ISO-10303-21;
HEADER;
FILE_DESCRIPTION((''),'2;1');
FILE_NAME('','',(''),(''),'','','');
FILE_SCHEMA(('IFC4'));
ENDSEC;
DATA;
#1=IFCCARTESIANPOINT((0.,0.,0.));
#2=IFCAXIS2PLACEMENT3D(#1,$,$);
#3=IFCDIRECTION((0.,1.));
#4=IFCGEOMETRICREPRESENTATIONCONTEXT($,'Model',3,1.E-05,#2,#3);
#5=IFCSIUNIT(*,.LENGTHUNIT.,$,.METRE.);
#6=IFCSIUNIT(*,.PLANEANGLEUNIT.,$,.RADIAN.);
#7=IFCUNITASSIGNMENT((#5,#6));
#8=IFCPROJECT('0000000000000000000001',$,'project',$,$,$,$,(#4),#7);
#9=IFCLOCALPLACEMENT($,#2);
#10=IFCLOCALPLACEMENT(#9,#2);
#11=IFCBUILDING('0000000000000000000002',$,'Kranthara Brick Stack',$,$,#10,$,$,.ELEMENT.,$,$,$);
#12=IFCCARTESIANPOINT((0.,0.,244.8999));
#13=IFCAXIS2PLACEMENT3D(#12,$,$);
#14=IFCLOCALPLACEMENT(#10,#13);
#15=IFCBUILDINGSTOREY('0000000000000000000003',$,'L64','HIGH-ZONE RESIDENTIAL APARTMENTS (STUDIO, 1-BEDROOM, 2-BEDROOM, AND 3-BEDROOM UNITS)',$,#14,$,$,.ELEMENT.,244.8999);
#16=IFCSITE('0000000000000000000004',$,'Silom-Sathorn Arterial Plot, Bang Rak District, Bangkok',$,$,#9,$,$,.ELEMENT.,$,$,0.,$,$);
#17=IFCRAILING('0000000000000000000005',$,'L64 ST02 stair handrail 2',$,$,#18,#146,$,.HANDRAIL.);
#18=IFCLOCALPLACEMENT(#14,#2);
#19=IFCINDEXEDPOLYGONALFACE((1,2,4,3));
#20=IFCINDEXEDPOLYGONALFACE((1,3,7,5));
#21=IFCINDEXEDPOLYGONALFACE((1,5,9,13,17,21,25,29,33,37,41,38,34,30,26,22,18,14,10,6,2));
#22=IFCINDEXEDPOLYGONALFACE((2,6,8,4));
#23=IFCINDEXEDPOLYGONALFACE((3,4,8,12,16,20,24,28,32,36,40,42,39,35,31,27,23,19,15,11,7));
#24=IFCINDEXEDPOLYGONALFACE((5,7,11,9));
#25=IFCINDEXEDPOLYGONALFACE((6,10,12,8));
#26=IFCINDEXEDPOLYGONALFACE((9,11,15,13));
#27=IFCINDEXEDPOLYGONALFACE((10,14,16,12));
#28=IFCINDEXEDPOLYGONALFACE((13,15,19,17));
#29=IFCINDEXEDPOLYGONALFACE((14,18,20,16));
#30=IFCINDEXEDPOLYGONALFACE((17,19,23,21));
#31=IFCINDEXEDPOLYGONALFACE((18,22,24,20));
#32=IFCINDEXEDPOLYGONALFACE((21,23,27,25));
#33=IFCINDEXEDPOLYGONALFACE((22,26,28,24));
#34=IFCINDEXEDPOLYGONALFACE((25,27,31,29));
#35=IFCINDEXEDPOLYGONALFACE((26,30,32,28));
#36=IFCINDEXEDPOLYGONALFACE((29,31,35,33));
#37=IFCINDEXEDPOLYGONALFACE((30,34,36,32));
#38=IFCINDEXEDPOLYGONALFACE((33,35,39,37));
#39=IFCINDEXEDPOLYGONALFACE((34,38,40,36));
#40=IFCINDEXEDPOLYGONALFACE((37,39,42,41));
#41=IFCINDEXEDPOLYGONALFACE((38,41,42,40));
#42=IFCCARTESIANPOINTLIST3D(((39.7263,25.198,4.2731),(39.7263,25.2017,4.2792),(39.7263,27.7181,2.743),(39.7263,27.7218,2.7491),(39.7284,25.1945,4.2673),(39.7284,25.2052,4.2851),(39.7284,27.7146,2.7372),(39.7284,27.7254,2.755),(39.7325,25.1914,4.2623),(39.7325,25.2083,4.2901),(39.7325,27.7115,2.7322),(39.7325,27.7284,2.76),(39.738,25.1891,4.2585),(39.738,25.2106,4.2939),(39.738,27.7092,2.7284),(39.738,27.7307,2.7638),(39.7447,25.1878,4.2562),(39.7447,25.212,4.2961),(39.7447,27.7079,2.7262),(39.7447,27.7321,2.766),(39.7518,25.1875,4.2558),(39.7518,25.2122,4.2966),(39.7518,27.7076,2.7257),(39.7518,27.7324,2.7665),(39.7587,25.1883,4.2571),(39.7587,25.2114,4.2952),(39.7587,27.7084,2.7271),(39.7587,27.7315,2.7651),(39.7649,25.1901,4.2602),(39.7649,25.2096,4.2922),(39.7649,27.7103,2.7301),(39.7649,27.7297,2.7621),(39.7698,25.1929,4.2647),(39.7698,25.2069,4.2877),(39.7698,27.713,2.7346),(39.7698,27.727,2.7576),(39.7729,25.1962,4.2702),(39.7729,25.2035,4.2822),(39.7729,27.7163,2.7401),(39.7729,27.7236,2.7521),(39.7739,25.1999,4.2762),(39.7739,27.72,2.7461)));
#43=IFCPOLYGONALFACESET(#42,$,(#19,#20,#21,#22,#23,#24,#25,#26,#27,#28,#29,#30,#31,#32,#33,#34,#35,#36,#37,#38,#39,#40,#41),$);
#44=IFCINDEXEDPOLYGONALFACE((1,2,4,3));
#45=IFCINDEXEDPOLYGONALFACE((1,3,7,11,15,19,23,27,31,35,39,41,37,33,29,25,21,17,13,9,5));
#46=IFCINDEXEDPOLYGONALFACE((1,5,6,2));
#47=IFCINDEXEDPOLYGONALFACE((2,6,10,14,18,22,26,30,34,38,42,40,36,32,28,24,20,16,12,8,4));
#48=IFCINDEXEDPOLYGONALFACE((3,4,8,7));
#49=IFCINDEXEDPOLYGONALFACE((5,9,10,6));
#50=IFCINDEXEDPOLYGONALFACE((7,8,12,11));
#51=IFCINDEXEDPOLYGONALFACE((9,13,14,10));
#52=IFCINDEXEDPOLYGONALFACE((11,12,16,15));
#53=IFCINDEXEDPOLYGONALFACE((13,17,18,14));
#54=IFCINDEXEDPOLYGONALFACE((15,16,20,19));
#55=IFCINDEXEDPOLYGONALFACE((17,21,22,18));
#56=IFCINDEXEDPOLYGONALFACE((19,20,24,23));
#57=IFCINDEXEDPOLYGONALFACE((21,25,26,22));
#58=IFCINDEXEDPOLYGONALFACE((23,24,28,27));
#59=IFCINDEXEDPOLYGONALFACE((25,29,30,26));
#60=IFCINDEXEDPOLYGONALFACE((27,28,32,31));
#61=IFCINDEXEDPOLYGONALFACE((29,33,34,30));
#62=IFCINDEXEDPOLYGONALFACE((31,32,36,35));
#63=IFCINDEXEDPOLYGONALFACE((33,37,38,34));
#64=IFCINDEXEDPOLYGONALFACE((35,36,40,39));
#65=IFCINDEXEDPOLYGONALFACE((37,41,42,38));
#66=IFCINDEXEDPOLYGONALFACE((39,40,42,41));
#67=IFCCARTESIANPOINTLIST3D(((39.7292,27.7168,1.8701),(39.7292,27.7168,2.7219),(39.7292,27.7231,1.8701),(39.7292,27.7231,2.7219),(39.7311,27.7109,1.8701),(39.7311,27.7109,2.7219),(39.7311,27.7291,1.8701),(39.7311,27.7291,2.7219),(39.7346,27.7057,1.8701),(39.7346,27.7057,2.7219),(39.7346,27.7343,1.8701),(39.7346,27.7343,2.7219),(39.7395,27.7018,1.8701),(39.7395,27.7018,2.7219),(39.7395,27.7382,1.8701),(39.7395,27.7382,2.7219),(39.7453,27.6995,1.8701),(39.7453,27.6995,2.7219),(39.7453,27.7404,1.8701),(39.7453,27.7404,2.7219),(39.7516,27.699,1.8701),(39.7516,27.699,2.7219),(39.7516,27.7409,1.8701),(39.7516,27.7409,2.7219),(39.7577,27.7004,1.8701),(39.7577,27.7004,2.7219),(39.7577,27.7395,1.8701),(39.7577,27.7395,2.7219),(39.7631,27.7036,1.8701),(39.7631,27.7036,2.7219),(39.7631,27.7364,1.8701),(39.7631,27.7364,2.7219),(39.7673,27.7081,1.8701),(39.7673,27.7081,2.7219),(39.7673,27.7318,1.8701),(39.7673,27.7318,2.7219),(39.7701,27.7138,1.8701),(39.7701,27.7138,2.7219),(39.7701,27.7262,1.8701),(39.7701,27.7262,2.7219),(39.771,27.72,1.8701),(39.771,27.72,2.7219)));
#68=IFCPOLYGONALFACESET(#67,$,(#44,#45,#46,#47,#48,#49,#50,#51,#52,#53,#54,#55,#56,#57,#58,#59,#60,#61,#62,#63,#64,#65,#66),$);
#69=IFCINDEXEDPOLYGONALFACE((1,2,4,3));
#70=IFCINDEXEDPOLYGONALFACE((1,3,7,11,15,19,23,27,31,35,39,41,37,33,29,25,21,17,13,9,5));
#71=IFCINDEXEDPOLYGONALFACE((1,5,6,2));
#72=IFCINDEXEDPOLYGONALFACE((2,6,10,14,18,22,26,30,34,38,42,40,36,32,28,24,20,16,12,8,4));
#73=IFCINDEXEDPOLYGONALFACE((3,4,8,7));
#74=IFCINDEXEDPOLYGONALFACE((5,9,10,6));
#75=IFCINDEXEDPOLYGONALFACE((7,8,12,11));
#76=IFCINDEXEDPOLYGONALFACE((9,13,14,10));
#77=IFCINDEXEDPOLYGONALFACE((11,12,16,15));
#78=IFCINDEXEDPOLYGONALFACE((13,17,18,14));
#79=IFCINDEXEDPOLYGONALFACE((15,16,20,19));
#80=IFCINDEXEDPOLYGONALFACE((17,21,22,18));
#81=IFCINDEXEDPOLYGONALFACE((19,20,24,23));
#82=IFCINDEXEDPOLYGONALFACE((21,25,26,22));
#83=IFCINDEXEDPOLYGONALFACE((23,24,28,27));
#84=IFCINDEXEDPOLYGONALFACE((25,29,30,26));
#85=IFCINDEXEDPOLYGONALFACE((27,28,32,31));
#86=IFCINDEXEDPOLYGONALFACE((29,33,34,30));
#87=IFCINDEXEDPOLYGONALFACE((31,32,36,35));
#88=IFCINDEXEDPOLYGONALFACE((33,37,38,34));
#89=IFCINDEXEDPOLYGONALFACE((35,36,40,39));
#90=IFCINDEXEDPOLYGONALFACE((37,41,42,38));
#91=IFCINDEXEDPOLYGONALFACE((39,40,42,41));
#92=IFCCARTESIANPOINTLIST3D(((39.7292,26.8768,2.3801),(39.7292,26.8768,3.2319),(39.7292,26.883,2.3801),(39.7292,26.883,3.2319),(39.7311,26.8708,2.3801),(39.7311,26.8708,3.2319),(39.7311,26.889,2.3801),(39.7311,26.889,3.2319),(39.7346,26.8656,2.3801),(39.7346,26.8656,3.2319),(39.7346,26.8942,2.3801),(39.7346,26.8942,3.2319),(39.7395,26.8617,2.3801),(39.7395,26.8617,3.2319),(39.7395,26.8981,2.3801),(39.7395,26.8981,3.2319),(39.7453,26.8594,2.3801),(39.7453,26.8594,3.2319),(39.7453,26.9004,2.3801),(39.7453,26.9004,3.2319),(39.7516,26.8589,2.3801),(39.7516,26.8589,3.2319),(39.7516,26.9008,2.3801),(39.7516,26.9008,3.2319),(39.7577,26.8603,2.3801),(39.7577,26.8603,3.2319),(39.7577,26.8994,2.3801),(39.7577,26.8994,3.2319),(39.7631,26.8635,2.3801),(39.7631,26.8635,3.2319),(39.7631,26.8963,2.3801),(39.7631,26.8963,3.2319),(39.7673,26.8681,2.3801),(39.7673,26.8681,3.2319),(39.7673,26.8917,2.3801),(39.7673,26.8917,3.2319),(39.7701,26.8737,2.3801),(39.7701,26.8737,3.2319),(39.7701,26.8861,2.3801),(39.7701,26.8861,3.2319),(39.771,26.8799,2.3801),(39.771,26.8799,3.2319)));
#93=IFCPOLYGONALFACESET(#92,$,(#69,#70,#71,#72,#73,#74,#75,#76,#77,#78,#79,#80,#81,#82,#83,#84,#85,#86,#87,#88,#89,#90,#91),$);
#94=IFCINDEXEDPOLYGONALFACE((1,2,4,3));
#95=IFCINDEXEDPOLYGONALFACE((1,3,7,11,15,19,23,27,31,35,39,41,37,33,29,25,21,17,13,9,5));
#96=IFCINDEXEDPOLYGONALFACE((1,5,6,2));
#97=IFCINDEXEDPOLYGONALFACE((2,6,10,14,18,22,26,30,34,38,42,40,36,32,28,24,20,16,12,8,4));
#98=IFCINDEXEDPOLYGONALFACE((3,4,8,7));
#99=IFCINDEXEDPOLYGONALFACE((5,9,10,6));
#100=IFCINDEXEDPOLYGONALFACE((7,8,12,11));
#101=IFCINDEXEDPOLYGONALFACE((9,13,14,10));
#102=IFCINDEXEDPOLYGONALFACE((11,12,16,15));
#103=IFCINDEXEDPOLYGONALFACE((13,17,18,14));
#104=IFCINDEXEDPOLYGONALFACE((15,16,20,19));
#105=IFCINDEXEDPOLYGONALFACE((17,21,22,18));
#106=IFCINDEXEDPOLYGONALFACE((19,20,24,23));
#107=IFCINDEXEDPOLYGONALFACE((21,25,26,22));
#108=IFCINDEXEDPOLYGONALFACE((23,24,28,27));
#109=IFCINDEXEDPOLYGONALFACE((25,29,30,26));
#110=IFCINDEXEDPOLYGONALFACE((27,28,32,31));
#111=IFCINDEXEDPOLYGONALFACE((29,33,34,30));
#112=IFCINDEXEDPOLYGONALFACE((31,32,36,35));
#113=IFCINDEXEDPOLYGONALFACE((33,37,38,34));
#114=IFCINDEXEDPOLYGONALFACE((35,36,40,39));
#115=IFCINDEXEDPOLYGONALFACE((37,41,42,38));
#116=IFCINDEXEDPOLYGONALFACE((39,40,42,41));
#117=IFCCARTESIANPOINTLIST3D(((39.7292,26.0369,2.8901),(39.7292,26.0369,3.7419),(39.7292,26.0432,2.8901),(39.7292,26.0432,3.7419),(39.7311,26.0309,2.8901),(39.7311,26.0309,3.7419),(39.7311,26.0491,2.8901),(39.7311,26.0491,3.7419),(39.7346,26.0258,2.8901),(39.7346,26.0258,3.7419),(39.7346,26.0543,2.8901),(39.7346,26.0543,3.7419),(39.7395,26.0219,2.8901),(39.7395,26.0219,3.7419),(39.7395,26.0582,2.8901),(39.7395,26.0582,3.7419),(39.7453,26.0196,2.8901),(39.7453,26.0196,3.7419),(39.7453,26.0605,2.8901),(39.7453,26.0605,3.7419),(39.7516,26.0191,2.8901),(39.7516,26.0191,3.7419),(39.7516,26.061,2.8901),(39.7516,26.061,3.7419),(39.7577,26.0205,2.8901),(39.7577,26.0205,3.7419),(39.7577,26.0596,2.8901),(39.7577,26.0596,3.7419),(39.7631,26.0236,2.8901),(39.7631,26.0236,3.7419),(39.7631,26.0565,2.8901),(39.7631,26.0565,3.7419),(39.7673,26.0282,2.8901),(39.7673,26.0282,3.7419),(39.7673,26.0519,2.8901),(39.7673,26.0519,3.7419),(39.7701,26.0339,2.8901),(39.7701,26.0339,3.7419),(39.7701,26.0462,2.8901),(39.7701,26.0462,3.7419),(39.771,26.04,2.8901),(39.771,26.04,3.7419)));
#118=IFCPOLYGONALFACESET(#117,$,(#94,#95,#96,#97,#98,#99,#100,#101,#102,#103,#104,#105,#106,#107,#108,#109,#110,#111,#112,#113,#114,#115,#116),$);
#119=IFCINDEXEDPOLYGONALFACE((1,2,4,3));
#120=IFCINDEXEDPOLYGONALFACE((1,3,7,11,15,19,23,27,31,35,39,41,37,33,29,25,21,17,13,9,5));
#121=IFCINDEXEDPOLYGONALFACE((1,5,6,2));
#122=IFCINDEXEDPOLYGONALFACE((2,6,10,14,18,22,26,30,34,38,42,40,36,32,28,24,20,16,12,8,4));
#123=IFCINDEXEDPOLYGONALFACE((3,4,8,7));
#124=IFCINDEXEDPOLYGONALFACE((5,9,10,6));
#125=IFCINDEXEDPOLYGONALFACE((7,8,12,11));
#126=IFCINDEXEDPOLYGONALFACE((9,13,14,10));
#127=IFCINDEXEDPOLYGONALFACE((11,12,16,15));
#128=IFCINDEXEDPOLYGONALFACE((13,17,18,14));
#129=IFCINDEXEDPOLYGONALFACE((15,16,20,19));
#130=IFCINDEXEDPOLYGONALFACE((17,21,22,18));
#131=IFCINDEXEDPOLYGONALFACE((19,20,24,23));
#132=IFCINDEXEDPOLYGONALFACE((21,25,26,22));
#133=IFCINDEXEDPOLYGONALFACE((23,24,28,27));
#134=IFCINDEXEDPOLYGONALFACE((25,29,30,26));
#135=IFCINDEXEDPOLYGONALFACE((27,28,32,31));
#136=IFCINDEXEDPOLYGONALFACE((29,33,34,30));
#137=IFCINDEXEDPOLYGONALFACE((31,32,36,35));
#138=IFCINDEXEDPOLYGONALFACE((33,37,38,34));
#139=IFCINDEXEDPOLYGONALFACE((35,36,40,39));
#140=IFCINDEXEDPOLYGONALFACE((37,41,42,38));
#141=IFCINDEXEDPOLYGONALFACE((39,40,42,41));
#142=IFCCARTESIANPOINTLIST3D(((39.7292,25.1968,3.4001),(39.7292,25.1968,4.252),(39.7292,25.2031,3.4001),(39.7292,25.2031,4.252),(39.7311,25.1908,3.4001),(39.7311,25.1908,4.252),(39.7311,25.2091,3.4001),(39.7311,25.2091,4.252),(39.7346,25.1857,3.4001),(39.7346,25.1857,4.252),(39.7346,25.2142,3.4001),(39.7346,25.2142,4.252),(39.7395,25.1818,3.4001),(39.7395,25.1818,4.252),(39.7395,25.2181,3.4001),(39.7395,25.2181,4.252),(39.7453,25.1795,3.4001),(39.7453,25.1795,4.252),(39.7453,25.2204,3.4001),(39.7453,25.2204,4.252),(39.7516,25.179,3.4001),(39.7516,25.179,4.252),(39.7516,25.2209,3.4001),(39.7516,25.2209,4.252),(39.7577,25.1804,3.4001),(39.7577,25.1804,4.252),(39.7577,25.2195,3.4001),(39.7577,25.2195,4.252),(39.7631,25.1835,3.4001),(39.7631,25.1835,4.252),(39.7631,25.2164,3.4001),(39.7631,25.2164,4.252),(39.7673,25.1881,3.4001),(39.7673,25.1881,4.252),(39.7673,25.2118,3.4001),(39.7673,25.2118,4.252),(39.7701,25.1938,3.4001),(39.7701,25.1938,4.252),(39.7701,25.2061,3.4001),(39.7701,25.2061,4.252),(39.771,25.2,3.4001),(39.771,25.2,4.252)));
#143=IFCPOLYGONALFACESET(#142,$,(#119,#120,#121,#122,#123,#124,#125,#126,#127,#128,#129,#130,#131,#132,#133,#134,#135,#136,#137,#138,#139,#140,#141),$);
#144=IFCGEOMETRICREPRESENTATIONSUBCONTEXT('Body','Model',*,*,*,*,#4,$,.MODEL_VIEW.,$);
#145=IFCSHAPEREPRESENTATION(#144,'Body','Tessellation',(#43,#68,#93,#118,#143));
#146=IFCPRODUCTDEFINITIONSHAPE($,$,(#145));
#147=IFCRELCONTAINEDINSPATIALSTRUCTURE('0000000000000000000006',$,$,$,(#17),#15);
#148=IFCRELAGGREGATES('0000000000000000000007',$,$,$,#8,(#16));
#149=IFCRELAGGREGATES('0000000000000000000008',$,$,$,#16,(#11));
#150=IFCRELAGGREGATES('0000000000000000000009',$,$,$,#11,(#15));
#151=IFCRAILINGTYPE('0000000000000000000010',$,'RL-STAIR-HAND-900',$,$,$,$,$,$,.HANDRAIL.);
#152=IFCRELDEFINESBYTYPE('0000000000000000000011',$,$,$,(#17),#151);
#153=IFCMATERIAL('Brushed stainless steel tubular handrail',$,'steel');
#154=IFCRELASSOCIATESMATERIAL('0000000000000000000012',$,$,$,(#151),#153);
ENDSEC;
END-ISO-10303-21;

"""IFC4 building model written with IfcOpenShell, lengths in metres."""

from ifc_helpers import new_model, si_unit, direction, frame, origin, origin_2d, place, context, subcontext, project, spatial, circle, extrude, material, type_object, element, save


model = new_model("IFC4")

# Units and contexts
model_context = context("Model", 3, precision=1e-05, world=origin(), true_north=direction((0.0, 1.0)))
body_context = subcontext(model_context, "Body", "Model", "MODEL_VIEW")
ifc_project = project(units=[si_unit("LENGTHUNIT", "METRE"), si_unit("PLANEANGLEUNIT", "RADIAN")], contexts=[model_context])

# Site, building, storey
site_placement = place(None, origin())
site = spatial("IfcSite", under=ifc_project, at=site_placement, Name="Silom-Sathorn Arterial Plot, Bang Rak District, Bangkok", CompositionType="ELEMENT", RefElevation=0.0)
building_placement = place(site_placement, origin())
building = spatial("IfcBuilding", under=site, at=building_placement, Name="Kranthara Brick Stack", CompositionType="ELEMENT")
storey_placement = place(building_placement, frame((0.0, 0.0, 244.8999)))
storey = spatial("IfcBuildingStorey", under=building, at=storey_placement, Name="L64", Description="HIGH-ZONE RESIDENTIAL APARTMENTS (STUDIO, 1-BEDROOM, 2-BEDROOM, AND 3-BEDROOM UNITS)", CompositionType="ELEMENT", Elevation=244.8999)

# Railing
ifc_material_1 = material(Name="Brushed stainless steel tubular handrail", Category="steel")
railing_type_1 = type_object("IfcRailingType", Name="RL-STAIR-HAND-900", PredefinedType="HANDRAIL", material=ifc_material_1)
railing_1_placement = place(storey_placement, frame((39.75, 27.72, 1.8701)))
element("IfcRailing", 1, at=railing_1_placement, inside=storey, type_object=railing_type_1, Name="L64 ST02 stair handrail 2", PredefinedType="HANDRAIL", context=body_context, shape_type="SweptSolid", body=[
    extrude(circle(Radius=0.0239, at=origin_2d()), frame((0.0, 0.0, 0.876), z_axis=(0.0, -0.854785, 0.518982), x_axis=(1.0, 0.0, 0.0)), (0.0, 0.0, 1.0), 2.9482),
    extrude(circle(Radius=0.021, at=origin_2d()), origin(), (0.0, 0.0, 1.0), 0.8518),
    extrude(circle(Radius=0.021, at=origin_2d()), frame((0.0, -0.8401, 0.51)), (0.0, 0.0, 1.0), 0.8518),
    extrude(circle(Radius=0.021, at=origin_2d()), frame((0.0, -1.6799, 1.02)), (0.0, 0.0, 1.0), 0.8518),
    extrude(circle(Radius=0.021, at=origin_2d()), frame((0.0, -2.52, 1.53)), (0.0, 0.0, 1.0), 0.8518),
])

save(model, "model.ifc")
